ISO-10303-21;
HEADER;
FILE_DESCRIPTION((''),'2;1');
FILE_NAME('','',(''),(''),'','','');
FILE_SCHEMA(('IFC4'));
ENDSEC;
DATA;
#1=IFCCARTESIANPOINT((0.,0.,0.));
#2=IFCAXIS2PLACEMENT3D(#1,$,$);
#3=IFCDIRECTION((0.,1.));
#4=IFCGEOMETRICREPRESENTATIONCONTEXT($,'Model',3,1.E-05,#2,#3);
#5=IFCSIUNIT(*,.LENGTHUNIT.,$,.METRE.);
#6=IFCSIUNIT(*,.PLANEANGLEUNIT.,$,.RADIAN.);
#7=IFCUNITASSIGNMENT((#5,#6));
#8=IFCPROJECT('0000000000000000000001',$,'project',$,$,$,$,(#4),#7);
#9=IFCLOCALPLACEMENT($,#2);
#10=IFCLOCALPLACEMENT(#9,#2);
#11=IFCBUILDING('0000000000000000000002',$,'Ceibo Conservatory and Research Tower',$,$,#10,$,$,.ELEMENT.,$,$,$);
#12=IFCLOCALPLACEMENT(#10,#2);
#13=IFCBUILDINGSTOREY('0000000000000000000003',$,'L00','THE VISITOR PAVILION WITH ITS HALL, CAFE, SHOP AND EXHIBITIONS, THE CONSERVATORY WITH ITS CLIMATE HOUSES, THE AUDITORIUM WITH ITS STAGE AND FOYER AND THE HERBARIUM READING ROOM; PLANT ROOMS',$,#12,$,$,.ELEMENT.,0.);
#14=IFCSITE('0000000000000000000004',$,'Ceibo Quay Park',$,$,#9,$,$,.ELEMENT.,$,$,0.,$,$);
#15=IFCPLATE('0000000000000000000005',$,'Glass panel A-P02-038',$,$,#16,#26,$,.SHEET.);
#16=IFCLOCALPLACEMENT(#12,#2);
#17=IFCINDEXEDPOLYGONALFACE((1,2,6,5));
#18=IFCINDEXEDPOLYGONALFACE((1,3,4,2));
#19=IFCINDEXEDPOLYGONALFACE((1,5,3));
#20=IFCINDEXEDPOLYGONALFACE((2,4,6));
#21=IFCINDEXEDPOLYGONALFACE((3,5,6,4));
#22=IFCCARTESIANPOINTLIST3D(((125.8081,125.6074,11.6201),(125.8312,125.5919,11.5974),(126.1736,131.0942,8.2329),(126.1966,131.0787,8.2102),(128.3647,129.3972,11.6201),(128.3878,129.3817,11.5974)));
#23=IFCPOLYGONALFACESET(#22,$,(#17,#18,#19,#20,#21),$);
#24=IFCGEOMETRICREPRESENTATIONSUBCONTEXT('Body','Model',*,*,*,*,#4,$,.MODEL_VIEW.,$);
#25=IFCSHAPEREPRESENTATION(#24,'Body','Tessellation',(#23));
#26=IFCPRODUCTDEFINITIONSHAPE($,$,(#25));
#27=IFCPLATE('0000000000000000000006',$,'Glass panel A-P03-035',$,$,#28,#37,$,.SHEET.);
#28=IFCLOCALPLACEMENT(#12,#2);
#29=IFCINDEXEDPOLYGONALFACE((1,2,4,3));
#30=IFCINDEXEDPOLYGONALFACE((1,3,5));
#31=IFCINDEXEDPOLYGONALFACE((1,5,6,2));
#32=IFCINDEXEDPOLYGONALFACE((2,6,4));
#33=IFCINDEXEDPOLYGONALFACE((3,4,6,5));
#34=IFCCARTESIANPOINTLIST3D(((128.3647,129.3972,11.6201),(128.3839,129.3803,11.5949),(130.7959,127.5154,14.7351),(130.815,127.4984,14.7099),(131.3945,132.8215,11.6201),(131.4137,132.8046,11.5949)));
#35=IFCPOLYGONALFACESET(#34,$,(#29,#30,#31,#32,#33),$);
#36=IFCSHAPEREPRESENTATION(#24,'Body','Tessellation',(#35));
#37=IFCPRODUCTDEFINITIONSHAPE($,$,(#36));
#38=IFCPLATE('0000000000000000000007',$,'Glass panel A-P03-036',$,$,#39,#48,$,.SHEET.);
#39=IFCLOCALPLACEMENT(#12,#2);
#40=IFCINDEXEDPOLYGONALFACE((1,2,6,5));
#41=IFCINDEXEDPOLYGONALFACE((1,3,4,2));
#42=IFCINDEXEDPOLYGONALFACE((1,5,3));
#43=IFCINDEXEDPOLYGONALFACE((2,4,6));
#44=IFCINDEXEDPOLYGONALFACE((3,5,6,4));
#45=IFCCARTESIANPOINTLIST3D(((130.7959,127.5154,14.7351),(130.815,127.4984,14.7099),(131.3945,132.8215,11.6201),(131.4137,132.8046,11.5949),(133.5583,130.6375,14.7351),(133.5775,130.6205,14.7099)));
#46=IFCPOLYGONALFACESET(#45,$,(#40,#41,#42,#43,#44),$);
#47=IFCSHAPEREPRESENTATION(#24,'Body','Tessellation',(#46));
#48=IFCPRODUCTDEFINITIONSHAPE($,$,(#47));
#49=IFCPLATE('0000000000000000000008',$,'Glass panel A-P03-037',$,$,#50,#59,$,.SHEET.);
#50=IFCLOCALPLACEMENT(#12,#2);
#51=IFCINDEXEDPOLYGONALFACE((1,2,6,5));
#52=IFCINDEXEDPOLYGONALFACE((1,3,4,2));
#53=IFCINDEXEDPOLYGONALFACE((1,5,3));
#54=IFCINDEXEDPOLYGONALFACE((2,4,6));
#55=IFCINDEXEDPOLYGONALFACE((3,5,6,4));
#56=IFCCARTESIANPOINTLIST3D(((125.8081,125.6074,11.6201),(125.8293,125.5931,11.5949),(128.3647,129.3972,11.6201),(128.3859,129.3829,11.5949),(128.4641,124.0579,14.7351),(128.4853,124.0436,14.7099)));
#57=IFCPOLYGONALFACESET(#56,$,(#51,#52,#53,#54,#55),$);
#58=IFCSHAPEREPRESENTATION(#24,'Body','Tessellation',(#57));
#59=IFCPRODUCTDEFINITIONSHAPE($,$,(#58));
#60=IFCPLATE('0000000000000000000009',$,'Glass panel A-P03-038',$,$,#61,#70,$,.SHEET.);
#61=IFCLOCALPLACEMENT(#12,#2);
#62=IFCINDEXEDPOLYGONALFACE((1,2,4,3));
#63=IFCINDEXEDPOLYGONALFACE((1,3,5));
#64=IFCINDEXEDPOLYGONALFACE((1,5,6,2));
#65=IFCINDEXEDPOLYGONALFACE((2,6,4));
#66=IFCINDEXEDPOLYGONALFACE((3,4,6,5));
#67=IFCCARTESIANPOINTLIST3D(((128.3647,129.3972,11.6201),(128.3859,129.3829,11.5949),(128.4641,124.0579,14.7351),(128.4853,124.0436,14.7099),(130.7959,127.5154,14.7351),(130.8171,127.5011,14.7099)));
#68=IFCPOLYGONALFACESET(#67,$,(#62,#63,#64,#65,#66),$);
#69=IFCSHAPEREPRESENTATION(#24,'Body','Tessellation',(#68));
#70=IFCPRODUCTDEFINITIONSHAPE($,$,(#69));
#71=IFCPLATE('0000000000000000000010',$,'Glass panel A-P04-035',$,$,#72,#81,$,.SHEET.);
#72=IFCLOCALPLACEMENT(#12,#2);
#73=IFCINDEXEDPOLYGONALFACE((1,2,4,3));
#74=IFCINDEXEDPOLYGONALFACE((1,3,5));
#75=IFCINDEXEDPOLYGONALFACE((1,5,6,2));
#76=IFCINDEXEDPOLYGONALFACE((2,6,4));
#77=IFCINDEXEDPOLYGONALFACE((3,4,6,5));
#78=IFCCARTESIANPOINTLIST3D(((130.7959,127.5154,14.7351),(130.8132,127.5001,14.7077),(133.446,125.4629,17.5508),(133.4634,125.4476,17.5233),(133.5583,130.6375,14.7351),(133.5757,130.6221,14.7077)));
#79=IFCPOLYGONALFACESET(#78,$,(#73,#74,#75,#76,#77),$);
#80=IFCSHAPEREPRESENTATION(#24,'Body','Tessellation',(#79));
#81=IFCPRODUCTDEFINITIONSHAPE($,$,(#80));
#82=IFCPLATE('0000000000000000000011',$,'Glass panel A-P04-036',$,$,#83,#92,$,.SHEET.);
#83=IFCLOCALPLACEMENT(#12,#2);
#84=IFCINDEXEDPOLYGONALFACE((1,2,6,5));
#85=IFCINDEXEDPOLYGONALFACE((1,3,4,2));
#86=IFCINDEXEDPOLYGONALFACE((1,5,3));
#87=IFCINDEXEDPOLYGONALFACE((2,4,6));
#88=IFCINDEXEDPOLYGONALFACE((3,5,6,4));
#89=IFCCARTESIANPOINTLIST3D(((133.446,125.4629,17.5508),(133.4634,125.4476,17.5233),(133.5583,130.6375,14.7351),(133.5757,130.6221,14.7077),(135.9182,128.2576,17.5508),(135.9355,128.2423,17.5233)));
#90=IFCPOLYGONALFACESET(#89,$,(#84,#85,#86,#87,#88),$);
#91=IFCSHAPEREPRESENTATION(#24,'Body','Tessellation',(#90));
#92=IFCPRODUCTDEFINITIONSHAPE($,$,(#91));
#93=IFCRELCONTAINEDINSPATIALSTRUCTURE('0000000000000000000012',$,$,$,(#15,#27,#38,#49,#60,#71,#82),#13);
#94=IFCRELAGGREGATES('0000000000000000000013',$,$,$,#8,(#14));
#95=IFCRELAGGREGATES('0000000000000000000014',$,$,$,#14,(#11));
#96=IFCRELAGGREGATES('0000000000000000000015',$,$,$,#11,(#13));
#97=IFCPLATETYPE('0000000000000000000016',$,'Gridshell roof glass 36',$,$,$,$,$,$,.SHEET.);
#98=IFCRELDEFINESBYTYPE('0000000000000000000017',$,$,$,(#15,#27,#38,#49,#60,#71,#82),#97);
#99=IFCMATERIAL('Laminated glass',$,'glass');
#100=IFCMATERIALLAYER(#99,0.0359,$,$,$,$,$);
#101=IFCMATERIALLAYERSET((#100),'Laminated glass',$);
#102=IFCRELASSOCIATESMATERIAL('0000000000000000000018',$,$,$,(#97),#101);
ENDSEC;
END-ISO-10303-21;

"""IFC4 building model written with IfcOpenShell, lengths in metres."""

from ifc_helpers import new_model, si_unit, direction, frame, origin, place, context, subcontext, project, spatial, polyline, outline, extrude, material, layer, layer_set, type_object, element, save


model = new_model("IFC4")

# Units and contexts
model_context = context("Model", 3, precision=1e-05, world=origin(), true_north=direction((0.0, 1.0)))
body_context = subcontext(model_context, "Body", "Model", "MODEL_VIEW")
ifc_project = project(units=[si_unit("LENGTHUNIT", "METRE"), si_unit("PLANEANGLEUNIT", "RADIAN")], contexts=[model_context])

# Site, building, storey
site_placement = place(None, origin())
site = spatial("IfcSite", under=ifc_project, at=site_placement, Name="Ceibo Quay Park", CompositionType="ELEMENT", RefElevation=0.0)
building_placement = place(site_placement, origin())
building = spatial("IfcBuilding", under=site, at=building_placement, Name="Ceibo Conservatory and Research Tower", CompositionType="ELEMENT")
storey_placement = place(building_placement, origin())
storey = spatial("IfcBuildingStorey", under=building, at=storey_placement, Name="L00", Description="THE VISITOR PAVILION WITH ITS HALL, CAFE, SHOP AND EXHIBITIONS, THE CONSERVATORY WITH ITS CLIMATE HOUSES, THE AUDITORIUM WITH ITS STAGE AND FOYER AND THE HERBARIUM READING ROOM; PLANT ROOMS", CompositionType="ELEMENT", Elevation=0.0)

# Shared definitions
ifc_material_1 = material(Name="Laminated glass", Category="glass")

# Plates
ifc_layer_1 = layer(ifc_material_1, 0.0359)
ifc_layer_set_1 = layer_set([ifc_layer_1], Name="Laminated glass")
plate_type_1 = type_object("IfcPlateType", Name="Gridshell roof glass 36", PredefinedType="SHEET", material=ifc_layer_set_1)
plate_1_placement = place(storey_placement, frame((126.1736, 131.0942, 8.2329), z_axis=(-0.642149, 0.433202, 0.63244), x_axis=(-0.056589, -0.849553, 0.524459)))
element("IfcPlate", 1, at=plate_1_placement, inside=storey, type_object=plate_type_1, Name="Glass panel A-P02-038", PredefinedType="SHEET", context=body_context, shape_type="SweptSolid", body=[
    extrude(outline(polyline([(0.0, 0.0), (6.4585, 0.0), (3.0942, 3.0952), (0.0, 0.0)])), origin(), (0.0, 0.0, -1.0), 0.0359),
])
plate_2_placement = place(storey_placement, frame((131.3945, 132.8215, 11.6201), z_axis=(-0.533606, 0.472127, 0.701685), x_axis=(-0.662645, -0.748933, 0.0)))
element("IfcPlate", 2, at=plate_2_placement, inside=storey, type_object=plate_type_1, Name="Glass panel A-P03-035", PredefinedType="SHEET", context=body_context, shape_type="SweptSolid", body=[
    extrude(outline(polyline([(0.0, 0.0), (4.5723, 0.0), (4.3706, 4.372), (0.0, 0.0)])), origin(), (0.0, 0.0, -1.0), 0.0359),
])
plate_3_placement = place(storey_placement, frame((131.3945, 132.8215, 11.6201), z_axis=(-0.533592, 0.47213, 0.701693), x_axis=(-0.096835, -0.858327, 0.503883)))
element("IfcPlate", 3, at=plate_3_placement, inside=storey, type_object=plate_type_1, Name="Glass panel A-P03-036", PredefinedType="SHEET", context=body_context, shape_type="SweptSolid", body=[
    extrude(outline(polyline([(0.0, 0.0), (6.182, 0.0), (3.2347, 2.9482), (0.0, 0.0)])), origin(), (0.0, 0.0, -1.0), 0.0359),
])
plate_4_placement = place(storey_placement, frame((128.3647, 129.3972, 11.6201), z_axis=(-0.590588, 0.398418, 0.701761), x_axis=(-0.559252, -0.828998, 0.0)))
element("IfcPlate", 4, at=plate_4_placement, inside=storey, type_object=plate_type_1, Name="Glass panel A-P03-037", PredefinedType="SHEET", context=body_context, shape_type="SweptSolid", body=[
    extrude(outline(polyline([(0.0, 0.0), (4.5715, 0.0), (4.3707, 4.3725), (0.0, 0.0)])), origin(), (0.0, 0.0, -1.0), 0.0359),
])
plate_5_placement = place(storey_placement, frame((128.3647, 129.3972, 11.6201), z_axis=(-0.590701, 0.398375, 0.701691), x_axis=(0.016072, -0.863642, 0.50385)))
element("IfcPlate", 5, at=plate_5_placement, inside=storey, type_object=plate_type_1, Name="Glass panel A-P03-038", PredefinedType="SHEET", context=body_context, shape_type="SweptSolid", body=[
    extrude(outline(polyline([(0.0, 0.0), (6.1824, 0.0), (3.2338, 2.9492), (0.0, 0.0)])), origin(), (0.0, 0.0, -1.0), 0.0359),
])
plate_6_placement = place(storey_placement, frame((133.5583, 130.6375, 14.7351), z_axis=(-0.482303, 0.426749, 0.765029), x_axis=(-0.662657, -0.748923, 0.0)))
element("IfcPlate", 6, at=plate_6_placement, inside=storey, type_object=plate_type_1, Name="Glass panel A-P04-035", PredefinedType="SHEET", context=body_context, shape_type="SweptSolid", body=[
    extrude(outline(polyline([(0.0, 0.0), (4.1687, 0.0), (3.9498, 4.3722), (0.0, 0.0)])), origin(), (0.0, 0.0, -1.0), 0.0359),
])
plate_7_placement = place(storey_placement, frame((133.5583, 130.6375, 14.7351), z_axis=(-0.482395, 0.426726, 0.764984), x_axis=(-0.01906, -0.878222, 0.477874)))
element("IfcPlate", 7, at=plate_7_placement, inside=storey, type_object=plate_type_1, Name="Glass panel A-P04-036", PredefinedType="SHEET", context=body_context, shape_type="SweptSolid", body=[
    extrude(outline(polyline([(0.0, 0.0), (5.8921, 0.0), (3.3906, 2.7685), (0.0, 0.0)])), origin(), (0.0, 0.0, -1.0), 0.0359),
])

save(model, "model.ifc")
